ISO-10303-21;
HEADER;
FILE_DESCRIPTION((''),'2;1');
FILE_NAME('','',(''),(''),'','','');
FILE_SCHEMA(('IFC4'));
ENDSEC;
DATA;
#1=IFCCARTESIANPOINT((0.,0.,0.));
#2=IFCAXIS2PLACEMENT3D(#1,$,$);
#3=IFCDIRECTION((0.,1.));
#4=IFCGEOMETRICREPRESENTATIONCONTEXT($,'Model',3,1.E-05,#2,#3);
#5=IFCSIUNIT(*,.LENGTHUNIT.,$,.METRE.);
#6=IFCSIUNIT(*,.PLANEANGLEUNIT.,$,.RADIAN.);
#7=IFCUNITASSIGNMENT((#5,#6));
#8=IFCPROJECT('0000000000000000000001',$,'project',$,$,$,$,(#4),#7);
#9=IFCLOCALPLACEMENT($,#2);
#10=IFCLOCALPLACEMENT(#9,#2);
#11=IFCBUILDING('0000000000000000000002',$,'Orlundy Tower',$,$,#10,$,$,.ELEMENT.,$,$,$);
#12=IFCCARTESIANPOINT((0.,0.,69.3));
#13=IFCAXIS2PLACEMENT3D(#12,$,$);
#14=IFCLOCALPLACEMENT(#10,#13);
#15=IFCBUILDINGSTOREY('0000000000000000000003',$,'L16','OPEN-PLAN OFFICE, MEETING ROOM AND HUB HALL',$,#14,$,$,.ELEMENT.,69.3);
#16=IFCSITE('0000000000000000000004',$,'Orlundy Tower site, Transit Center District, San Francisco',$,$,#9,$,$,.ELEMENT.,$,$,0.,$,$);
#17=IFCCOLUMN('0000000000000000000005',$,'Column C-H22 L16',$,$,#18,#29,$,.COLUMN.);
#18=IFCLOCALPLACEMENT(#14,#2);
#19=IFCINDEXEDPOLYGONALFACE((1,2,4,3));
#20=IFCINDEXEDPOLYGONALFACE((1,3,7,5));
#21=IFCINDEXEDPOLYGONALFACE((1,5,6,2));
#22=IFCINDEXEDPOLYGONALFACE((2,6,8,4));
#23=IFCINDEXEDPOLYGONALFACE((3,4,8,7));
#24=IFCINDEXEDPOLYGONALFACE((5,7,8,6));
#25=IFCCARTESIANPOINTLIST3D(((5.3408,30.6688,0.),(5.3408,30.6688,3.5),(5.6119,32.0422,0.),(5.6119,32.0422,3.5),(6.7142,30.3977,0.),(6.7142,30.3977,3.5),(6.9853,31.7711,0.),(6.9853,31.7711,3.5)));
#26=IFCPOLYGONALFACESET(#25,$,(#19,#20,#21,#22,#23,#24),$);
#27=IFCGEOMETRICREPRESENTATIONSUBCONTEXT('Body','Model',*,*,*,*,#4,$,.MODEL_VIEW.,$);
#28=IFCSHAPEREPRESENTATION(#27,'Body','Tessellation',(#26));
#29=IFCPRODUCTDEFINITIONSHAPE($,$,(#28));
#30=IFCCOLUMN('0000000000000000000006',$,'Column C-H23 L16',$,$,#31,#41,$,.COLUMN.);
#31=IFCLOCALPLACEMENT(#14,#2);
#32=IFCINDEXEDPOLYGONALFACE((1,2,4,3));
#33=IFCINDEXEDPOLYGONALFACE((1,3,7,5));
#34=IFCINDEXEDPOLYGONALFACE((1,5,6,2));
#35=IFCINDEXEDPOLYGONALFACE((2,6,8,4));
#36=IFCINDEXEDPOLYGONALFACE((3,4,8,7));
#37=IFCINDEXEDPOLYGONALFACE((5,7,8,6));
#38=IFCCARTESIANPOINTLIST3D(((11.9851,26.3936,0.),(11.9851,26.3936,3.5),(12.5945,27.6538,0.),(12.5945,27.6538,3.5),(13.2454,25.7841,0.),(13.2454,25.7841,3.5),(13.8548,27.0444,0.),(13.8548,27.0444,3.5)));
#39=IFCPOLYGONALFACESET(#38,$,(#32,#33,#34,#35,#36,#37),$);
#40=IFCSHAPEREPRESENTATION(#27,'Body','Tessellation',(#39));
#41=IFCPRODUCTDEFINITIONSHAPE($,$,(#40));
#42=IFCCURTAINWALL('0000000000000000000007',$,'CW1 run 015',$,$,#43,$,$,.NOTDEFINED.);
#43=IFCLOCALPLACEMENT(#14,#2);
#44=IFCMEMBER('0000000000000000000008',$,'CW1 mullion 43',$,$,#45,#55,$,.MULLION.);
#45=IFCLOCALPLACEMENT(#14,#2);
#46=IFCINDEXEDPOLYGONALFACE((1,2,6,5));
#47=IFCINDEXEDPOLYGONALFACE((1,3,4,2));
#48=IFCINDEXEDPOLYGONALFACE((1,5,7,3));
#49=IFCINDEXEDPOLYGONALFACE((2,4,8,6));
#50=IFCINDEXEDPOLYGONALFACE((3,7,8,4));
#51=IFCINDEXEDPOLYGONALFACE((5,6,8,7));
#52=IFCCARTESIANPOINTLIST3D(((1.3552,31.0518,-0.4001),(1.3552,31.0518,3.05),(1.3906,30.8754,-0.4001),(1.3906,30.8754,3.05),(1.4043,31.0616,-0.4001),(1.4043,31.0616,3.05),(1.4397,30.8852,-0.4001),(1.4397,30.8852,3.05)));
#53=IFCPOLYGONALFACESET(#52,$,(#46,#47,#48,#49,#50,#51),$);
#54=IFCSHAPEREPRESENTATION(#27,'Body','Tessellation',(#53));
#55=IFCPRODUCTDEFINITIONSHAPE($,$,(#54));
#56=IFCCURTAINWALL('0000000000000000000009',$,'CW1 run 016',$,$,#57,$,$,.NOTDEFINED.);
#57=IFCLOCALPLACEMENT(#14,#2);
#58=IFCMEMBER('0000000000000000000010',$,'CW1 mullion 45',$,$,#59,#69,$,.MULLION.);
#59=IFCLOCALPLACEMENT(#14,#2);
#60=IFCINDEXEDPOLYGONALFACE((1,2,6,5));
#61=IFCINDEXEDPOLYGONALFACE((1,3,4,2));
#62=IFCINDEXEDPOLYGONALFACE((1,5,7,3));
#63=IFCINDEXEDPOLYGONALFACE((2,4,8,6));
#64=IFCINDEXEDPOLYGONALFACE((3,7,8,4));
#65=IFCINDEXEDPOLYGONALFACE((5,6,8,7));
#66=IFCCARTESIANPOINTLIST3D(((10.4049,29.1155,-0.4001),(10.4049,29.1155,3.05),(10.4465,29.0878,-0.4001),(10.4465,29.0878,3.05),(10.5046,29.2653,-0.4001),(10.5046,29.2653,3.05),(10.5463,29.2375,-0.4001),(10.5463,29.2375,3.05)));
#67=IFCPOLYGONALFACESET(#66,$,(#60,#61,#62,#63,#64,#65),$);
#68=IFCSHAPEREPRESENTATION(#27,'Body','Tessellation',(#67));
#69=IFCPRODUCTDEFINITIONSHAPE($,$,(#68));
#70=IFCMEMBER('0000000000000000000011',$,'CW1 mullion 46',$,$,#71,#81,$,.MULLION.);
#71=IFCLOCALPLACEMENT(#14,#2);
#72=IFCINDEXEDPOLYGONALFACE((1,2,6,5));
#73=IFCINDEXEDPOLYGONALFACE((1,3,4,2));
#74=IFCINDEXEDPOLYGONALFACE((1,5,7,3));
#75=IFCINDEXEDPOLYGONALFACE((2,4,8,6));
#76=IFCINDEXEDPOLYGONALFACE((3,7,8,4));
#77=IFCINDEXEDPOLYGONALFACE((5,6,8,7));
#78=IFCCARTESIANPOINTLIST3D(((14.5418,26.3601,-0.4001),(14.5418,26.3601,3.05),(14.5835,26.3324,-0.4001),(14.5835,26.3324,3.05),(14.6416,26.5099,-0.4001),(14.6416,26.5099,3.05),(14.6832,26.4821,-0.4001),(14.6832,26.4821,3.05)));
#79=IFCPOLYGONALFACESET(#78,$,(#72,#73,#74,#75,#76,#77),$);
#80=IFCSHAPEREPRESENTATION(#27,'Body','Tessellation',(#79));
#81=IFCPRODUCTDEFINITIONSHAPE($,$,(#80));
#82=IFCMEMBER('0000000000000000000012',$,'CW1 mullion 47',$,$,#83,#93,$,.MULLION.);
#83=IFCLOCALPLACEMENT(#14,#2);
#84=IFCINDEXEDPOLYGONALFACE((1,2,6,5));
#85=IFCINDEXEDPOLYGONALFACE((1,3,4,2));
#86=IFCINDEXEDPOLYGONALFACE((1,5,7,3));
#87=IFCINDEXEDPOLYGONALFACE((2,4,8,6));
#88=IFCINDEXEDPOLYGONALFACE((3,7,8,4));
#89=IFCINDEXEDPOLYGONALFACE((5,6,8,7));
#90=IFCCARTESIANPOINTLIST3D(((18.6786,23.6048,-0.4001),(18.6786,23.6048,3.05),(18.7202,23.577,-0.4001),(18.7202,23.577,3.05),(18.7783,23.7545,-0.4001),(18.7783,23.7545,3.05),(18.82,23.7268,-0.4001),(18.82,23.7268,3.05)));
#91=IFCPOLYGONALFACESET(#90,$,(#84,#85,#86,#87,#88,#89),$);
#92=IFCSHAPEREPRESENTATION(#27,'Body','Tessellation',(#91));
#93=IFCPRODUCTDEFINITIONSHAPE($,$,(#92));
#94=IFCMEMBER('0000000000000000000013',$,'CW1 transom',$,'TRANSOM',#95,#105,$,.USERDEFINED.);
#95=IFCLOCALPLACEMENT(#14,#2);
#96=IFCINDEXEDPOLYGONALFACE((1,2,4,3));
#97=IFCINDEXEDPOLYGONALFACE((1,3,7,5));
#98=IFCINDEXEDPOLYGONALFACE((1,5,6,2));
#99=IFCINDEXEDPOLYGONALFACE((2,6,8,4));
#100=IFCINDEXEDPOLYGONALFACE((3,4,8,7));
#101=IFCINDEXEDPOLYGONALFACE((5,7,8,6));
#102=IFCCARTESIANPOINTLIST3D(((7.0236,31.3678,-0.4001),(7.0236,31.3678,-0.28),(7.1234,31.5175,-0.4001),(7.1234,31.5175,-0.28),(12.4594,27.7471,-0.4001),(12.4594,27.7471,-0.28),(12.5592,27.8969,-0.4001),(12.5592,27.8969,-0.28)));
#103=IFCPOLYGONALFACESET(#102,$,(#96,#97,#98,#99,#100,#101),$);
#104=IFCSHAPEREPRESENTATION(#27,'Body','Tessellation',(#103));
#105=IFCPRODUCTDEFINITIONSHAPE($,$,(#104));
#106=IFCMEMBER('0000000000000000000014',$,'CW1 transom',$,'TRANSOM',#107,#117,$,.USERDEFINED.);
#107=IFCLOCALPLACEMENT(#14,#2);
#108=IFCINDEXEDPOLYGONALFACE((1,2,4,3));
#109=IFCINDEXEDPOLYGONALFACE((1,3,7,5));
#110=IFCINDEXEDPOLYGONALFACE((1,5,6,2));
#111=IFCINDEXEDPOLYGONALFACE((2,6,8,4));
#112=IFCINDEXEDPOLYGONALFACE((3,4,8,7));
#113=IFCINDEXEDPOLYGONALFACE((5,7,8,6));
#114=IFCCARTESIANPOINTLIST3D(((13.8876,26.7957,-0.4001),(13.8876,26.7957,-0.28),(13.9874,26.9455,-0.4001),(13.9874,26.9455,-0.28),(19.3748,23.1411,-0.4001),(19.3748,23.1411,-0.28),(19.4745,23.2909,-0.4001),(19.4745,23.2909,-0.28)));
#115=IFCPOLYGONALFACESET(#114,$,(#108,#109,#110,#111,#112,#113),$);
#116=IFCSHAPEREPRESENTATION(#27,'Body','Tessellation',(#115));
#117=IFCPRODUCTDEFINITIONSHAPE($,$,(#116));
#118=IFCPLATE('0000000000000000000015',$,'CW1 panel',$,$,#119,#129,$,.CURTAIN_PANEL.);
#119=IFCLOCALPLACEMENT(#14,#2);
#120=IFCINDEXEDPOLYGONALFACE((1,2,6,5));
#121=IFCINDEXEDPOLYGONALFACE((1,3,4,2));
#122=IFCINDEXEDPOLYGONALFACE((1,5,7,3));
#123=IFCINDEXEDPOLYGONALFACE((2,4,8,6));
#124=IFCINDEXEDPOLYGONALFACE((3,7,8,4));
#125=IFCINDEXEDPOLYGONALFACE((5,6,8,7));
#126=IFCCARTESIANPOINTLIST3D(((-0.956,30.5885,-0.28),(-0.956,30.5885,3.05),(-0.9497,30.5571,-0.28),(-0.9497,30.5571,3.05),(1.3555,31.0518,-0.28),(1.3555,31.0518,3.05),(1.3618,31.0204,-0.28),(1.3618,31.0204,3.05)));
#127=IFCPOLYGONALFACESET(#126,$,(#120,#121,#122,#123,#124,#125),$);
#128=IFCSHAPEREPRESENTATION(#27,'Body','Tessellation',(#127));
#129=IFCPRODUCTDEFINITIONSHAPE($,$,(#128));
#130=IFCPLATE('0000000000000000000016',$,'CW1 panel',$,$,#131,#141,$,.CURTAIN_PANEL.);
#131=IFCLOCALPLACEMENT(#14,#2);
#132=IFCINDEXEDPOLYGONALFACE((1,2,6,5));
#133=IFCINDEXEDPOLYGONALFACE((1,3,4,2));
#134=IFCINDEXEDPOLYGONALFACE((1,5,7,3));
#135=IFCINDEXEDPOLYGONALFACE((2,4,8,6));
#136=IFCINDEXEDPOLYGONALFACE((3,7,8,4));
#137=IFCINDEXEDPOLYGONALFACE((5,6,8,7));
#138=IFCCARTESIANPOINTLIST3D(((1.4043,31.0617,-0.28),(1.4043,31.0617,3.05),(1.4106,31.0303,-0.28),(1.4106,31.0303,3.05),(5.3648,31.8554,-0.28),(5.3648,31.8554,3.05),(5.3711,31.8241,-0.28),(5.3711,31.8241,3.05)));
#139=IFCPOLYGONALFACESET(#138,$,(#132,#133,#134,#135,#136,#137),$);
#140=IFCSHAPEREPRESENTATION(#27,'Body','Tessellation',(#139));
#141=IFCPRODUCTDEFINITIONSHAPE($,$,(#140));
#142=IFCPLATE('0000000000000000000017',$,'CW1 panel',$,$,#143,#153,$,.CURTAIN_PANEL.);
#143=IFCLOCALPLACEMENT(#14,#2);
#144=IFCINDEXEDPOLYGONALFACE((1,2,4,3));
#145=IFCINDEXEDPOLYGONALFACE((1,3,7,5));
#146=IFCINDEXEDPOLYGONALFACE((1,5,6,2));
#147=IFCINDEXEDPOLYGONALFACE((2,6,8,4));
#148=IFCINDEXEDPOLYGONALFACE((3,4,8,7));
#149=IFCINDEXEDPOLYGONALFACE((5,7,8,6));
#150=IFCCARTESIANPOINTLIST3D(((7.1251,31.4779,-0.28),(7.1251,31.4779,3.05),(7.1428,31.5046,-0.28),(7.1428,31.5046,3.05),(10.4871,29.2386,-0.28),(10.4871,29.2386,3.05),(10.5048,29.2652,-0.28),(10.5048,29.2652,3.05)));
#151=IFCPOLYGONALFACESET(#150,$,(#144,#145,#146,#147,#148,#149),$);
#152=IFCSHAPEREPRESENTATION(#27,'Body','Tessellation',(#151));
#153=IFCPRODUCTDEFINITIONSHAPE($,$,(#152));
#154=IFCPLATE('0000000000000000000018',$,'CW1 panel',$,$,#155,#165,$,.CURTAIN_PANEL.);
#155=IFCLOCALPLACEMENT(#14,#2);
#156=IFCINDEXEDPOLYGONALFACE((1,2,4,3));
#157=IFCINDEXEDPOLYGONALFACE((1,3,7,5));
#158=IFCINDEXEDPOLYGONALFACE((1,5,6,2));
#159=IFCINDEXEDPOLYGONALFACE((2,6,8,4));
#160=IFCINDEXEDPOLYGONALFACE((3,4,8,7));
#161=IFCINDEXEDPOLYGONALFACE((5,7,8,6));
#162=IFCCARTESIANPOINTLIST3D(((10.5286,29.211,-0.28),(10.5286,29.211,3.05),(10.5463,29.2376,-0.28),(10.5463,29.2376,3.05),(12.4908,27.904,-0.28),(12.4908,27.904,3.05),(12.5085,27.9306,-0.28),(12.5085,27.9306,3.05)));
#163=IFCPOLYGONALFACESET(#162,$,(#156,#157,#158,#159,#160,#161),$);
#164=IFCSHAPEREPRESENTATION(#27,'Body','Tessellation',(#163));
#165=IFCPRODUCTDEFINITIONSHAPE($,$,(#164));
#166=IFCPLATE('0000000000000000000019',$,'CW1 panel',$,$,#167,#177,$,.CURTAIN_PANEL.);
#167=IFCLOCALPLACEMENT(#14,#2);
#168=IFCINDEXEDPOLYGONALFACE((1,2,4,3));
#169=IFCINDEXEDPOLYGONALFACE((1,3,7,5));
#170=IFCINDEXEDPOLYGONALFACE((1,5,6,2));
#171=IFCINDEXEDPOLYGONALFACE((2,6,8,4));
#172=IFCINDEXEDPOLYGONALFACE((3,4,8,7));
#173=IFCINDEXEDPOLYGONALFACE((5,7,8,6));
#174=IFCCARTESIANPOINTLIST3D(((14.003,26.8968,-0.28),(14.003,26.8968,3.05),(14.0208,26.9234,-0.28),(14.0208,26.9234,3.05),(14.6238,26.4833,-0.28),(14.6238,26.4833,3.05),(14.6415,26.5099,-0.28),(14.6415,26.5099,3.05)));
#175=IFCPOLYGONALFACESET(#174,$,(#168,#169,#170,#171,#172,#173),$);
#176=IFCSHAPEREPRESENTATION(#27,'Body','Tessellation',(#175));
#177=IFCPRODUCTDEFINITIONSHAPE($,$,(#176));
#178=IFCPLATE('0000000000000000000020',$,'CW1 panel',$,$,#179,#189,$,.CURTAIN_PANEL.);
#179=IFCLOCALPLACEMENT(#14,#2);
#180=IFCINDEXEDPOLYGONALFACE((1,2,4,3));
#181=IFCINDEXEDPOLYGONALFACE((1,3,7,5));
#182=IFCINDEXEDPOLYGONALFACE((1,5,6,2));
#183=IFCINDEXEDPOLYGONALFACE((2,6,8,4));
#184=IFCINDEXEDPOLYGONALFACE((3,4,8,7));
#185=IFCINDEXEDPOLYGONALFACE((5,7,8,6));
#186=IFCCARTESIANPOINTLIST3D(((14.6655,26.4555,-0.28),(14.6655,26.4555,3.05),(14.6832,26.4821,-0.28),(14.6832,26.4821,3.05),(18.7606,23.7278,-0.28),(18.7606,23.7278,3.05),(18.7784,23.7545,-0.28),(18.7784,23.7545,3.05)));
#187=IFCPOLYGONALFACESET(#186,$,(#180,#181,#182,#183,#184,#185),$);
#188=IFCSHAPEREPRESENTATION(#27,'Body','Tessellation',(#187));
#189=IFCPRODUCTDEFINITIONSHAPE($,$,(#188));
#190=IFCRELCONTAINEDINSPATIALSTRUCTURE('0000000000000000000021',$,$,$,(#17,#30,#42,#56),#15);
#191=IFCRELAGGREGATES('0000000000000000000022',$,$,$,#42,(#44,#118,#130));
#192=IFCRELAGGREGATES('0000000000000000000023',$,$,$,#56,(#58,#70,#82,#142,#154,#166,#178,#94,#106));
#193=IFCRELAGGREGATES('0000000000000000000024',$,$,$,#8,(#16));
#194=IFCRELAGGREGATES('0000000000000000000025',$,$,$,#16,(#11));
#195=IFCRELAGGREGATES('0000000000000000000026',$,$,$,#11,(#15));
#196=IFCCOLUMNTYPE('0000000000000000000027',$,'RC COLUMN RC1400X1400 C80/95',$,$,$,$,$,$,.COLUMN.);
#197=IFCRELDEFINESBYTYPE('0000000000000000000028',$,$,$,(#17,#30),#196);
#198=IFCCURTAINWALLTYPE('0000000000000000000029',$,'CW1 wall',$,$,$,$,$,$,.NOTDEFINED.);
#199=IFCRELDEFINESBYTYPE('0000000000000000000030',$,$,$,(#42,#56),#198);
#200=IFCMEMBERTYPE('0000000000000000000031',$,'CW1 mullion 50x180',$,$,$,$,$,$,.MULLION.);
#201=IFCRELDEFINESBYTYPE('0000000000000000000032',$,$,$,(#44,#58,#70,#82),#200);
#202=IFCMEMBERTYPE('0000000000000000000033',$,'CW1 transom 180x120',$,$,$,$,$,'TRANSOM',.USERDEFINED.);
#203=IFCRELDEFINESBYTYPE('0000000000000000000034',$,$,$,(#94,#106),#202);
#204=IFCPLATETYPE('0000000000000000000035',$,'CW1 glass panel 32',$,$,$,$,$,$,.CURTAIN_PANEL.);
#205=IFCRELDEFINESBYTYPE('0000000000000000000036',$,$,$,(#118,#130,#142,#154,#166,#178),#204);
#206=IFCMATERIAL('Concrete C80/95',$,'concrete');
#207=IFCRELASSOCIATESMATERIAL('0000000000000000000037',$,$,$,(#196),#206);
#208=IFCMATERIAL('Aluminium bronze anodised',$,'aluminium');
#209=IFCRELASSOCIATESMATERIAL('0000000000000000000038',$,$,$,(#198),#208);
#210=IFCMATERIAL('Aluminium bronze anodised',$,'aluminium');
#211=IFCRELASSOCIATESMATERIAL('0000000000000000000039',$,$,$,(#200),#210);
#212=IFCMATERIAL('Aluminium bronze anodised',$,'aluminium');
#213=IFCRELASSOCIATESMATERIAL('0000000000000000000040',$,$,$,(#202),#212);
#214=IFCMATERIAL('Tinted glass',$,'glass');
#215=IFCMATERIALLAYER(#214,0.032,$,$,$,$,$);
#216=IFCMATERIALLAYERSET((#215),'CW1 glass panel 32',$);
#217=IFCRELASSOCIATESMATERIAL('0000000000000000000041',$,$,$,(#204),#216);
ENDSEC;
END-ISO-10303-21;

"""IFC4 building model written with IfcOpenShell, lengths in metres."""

from ifc_helpers import new_model, si_unit, direction, frame, origin, origin_2d, place, context, subcontext, project, spatial, rectangle, extrude, material, layer, layer_set, material_profile, profile_set, type_object, element, aggregate, save


model = new_model("IFC4")

# Units and contexts
model_context = context("Model", 3, precision=1e-05, world=origin(), true_north=direction((0.0, 1.0)))
body_context = subcontext(model_context, "Body", "Model", "MODEL_VIEW")
ifc_project = project(units=[si_unit("LENGTHUNIT", "METRE"), si_unit("PLANEANGLEUNIT", "RADIAN")], contexts=[model_context])

# Site, building, storey
site_placement = place(None, origin())
site = spatial("IfcSite", under=ifc_project, at=site_placement, Name="Orlundy Tower site, Transit Center District, San Francisco", CompositionType="ELEMENT", RefElevation=0.0)
building_placement = place(site_placement, origin())
building = spatial("IfcBuilding", under=site, at=building_placement, Name="Orlundy Tower", CompositionType="ELEMENT")
storey_placement = place(building_placement, frame((0.0, 0.0, 69.3)))
storey = spatial("IfcBuildingStorey", under=building, at=storey_placement, Name="L16", Description="OPEN-PLAN OFFICE, MEETING ROOM AND HUB HALL", CompositionType="ELEMENT", Elevation=69.3)

# Columns
ifc_material_1 = material(Name="Concrete C80/95", Category="concrete")
ifc_material_profile_1 = material_profile(ifc_material_1, rectangle(XDim=1.3999, YDim=1.3999, at=origin_2d()), Name="RC1400X1400")
ifc_profile_set_1 = profile_set([ifc_material_profile_1], Name="Concrete C80/95")
column_type = type_object("IfcColumnType", Name="RC COLUMN RC1400X1400 C80/95", PredefinedType="COLUMN", material=ifc_profile_set_1)
for number, where, z_axis, x_axis, name in (
    (1, (6.1631, 31.22, 0.0), (0.0, 0.0, 1.0), (0.193669, 0.981067, 0.0), "Column C-H22 L16"),
    (2, (12.9199, 26.719, 0.0), (0.0, 0.0, 1.0), (0.435325, 0.900273, 0.0), "Column C-H23 L16"),
):
    element("IfcColumn", number, at=place(storey_placement, frame(where, z_axis=z_axis, x_axis=x_axis)), inside=storey, type_object=column_type, Name=name, PredefinedType="COLUMN", context=body_context, shape_type="SweptSolid", body=[
        extrude(rectangle(XDim=1.3999, YDim=1.3999, at=origin_2d()), origin(), (0.0, 0.0, 1.0), 3.5),
    ])

# Curtain wall, member
ifc_material_2 = material(Name="Aluminium bronze anodised", Category="aluminium")
curtain_wall_type = type_object("IfcCurtainWallType", Name="CW1 wall", PredefinedType="NOTDEFINED", material=ifc_material_2)
curtain_wall_1_placement = place(storey_placement, origin())
curtain_wall_1 = element("IfcCurtainWall", 3, at=curtain_wall_1_placement, inside=storey, type_object=curtain_wall_type, Name="CW1 run 015", PredefinedType="NOTDEFINED")
ifc_material_3 = material(Name="Aluminium bronze anodised", Category="aluminium")
ifc_material_profile_2 = material_profile(ifc_material_3, rectangle(XDim=0.1799, YDim=0.05, at=origin_2d()), Name="CW1 mullion 50x180")
ifc_profile_set_2 = profile_set([ifc_material_profile_2], Name="Aluminium bronze anodised")
member_type_1 = type_object("IfcMemberType", Name="CW1 mullion 50x180", PredefinedType="MULLION", material=ifc_profile_set_2)
member_1_placement = place(storey_placement, frame((1.3975, 30.9685, -0.4001), z_axis=(0.0, 0.0, 1.0), x_axis=(-0.196511, 0.980502, 0.0)))
member_1 = element("IfcMember", 4, at=member_1_placement, type_object=member_type_1, Name="CW1 mullion 43", PredefinedType="MULLION", context=body_context, shape_type="SweptSolid", body=[
    extrude(rectangle(XDim=0.1799, YDim=0.05, at=origin_2d()), origin(), (0.0, 0.0, 1.0), 3.4502),
])

# Curtain wall, members
curtain_wall_2_placement = place(storey_placement, origin())
curtain_wall_2 = element("IfcCurtainWall", 5, at=curtain_wall_2_placement, inside=storey, type_object=curtain_wall_type, Name="CW1 run 016", PredefinedType="NOTDEFINED")
member_2_placement = place(storey_placement, frame((10.4756, 29.1765, -0.4001), z_axis=(0.0, 0.0, 1.0), x_axis=(0.554357, 0.832279, 0.0)))
member_2 = element("IfcMember", 6, at=member_2_placement, type_object=member_type_1, Name="CW1 mullion 45", PredefinedType="MULLION", context=body_context, shape_type="SweptSolid", body=[
    extrude(rectangle(XDim=0.1799, YDim=0.05, at=origin_2d()), origin(), (0.0, 0.0, 1.0), 3.4502),
])
member_3_placement = place(storey_placement, frame((14.6125, 26.4211, -0.4001), z_axis=(0.0, 0.0, 1.0), x_axis=(0.554357, 0.832279, 0.0)))
member_3 = element("IfcMember", 7, at=member_3_placement, type_object=member_type_1, Name="CW1 mullion 46", PredefinedType="MULLION", context=body_context, shape_type="SweptSolid", body=[
    extrude(rectangle(XDim=0.1799, YDim=0.05, at=origin_2d()), origin(), (0.0, 0.0, 1.0), 3.4502),
])
member_4_placement = place(storey_placement, frame((18.7493, 23.6658, -0.4001), z_axis=(0.0, 0.0, 1.0), x_axis=(0.554357, 0.832279, 0.0)))
member_4 = element("IfcMember", 8, at=member_4_placement, type_object=member_type_1, Name="CW1 mullion 47", PredefinedType="MULLION", context=body_context, shape_type="SweptSolid", body=[
    extrude(rectangle(XDim=0.1799, YDim=0.05, at=origin_2d()), origin(), (0.0, 0.0, 1.0), 3.4502),
])
ifc_material_4 = material(Name="Aluminium bronze anodised", Category="aluminium")
ifc_material_profile_3 = material_profile(ifc_material_4, rectangle(XDim=0.1799, YDim=0.1201, at=origin_2d()), Name="CW1 transom 180x120")
ifc_profile_set_3 = profile_set([ifc_material_profile_3], Name="Aluminium bronze anodised")
member_type_2 = type_object("IfcMemberType", Name="CW1 transom 180x120", ElementType="TRANSOM", PredefinedType="USERDEFINED", material=ifc_profile_set_3)
member_5_placement = place(storey_placement, frame((7.0735, 31.4426, -0.3401), z_axis=(0.83228, -0.554355, 0.0), x_axis=(0.554355, 0.83228, 0.0)))
member_5 = element("IfcMember", 9, at=member_5_placement, type_object=member_type_2, Name="CW1 transom", ObjectType="TRANSOM", PredefinedType="USERDEFINED", context=body_context, shape_type="SweptSolid", body=[
    extrude(rectangle(XDim=0.1799, YDim=0.1201, at=origin_2d()), origin(), (0.0, 0.0, 1.0), 6.5312),
])
member_6_placement = place(storey_placement, frame((13.9375, 26.8706, -0.3401), z_axis=(0.832295, -0.554333, 0.0), x_axis=(0.554333, 0.832295, 0.0)))
member_6 = element("IfcMember", 10, at=member_6_placement, type_object=member_type_2, Name="CW1 transom", ObjectType="TRANSOM", PredefinedType="USERDEFINED", context=body_context, shape_type="SweptSolid", body=[
    extrude(rectangle(XDim=0.1799, YDim=0.1201, at=origin_2d()), origin(), (0.0, 0.0, 1.0), 6.5928),
])

# Plates
ifc_material_5 = material(Name="Tinted glass", Category="glass")
ifc_layer_1 = layer(ifc_material_5, 0.032)
ifc_layer_set_1 = layer_set([ifc_layer_1], Name="CW1 glass panel 32")
plate_type = type_object("IfcPlateType", Name="CW1 glass panel 32", PredefinedType="CURTAIN_PANEL", material=ifc_layer_set_1)
plate_1_placement = place(storey_placement, frame((0.2029, 30.8044, -0.28), z_axis=(0.0, 0.0, 1.0), x_axis=(0.980502, 0.196511, 0.0)))
plate_1 = element("IfcPlate", 11, at=plate_1_placement, type_object=plate_type, Name="CW1 panel", PredefinedType="CURTAIN_PANEL", context=body_context, shape_type="SweptSolid", body=[
    extrude(rectangle(XDim=2.3574, YDim=0.032, at=origin_2d()), origin(), (0.0, 0.0, 1.0), 3.3301),
])
plate_2_placement = place(storey_placement, frame((3.3877, 31.4429, -0.28), z_axis=(0.0, 0.0, 1.0), x_axis=(0.980502, 0.196511, 0.0)))
plate_2 = element("IfcPlate", 12, at=plate_2_placement, type_object=plate_type, Name="CW1 panel", PredefinedType="CURTAIN_PANEL", context=body_context, shape_type="SweptSolid", body=[
    extrude(rectangle(XDim=4.0393, YDim=0.032, at=origin_2d()), origin(), (0.0, 0.0, 1.0), 3.3301),
])
aggregate(curtain_wall_1, [member_1, plate_1, plate_2])
plate_3_placement = place(storey_placement, frame((8.8149, 30.3716, -0.28), z_axis=(0.0, 0.0, 1.0), x_axis=(0.832279, -0.554357, 0.0)))
plate_3 = element("IfcPlate", 13, at=plate_3_placement, type_object=plate_type, Name="CW1 panel", PredefinedType="CURTAIN_PANEL", context=body_context, shape_type="SweptSolid", body=[
    extrude(rectangle(XDim=4.0396, YDim=0.032, at=origin_2d()), origin(), (0.0, 0.0, 1.0), 3.3301),
])
plate_4_placement = place(storey_placement, frame((11.5186, 28.5708, -0.28), z_axis=(0.0, 0.0, 1.0), x_axis=(0.832279, -0.554357, 0.0)))
plate_4 = element("IfcPlate", 14, at=plate_4_placement, type_object=plate_type, Name="CW1 panel", PredefinedType="CURTAIN_PANEL", context=body_context, shape_type="SweptSolid", body=[
    extrude(rectangle(XDim=2.3577, YDim=0.032, at=origin_2d()), origin(), (0.0, 0.0, 1.0), 3.3301),
])
plate_5_placement = place(storey_placement, frame((14.3223, 26.7034, -0.28), z_axis=(0.0, 0.0, 1.0), x_axis=(0.832279, -0.554357, 0.0)))
plate_5 = element("IfcPlate", 15, at=plate_5_placement, type_object=plate_type, Name="CW1 panel", PredefinedType="CURTAIN_PANEL", context=body_context, shape_type="SweptSolid", body=[
    extrude(rectangle(XDim=0.7458, YDim=0.032, at=origin_2d()), origin(), (0.0, 0.0, 1.0), 3.3301),
])
plate_6_placement = place(storey_placement, frame((16.7219, 25.105, -0.28), z_axis=(0.0, 0.0, 1.0), x_axis=(0.832279, -0.554357, 0.0)))
plate_6 = element("IfcPlate", 16, at=plate_6_placement, type_object=plate_type, Name="CW1 panel", PredefinedType="CURTAIN_PANEL", context=body_context, shape_type="SweptSolid", body=[
    extrude(rectangle(XDim=4.9204, YDim=0.032, at=origin_2d()), origin(), (0.0, 0.0, 1.0), 3.3301),
])
aggregate(curtain_wall_2, [member_2, member_3, member_4, plate_3, plate_4, plate_5, plate_6, member_5, member_6])

save(model, "model.ifc")
